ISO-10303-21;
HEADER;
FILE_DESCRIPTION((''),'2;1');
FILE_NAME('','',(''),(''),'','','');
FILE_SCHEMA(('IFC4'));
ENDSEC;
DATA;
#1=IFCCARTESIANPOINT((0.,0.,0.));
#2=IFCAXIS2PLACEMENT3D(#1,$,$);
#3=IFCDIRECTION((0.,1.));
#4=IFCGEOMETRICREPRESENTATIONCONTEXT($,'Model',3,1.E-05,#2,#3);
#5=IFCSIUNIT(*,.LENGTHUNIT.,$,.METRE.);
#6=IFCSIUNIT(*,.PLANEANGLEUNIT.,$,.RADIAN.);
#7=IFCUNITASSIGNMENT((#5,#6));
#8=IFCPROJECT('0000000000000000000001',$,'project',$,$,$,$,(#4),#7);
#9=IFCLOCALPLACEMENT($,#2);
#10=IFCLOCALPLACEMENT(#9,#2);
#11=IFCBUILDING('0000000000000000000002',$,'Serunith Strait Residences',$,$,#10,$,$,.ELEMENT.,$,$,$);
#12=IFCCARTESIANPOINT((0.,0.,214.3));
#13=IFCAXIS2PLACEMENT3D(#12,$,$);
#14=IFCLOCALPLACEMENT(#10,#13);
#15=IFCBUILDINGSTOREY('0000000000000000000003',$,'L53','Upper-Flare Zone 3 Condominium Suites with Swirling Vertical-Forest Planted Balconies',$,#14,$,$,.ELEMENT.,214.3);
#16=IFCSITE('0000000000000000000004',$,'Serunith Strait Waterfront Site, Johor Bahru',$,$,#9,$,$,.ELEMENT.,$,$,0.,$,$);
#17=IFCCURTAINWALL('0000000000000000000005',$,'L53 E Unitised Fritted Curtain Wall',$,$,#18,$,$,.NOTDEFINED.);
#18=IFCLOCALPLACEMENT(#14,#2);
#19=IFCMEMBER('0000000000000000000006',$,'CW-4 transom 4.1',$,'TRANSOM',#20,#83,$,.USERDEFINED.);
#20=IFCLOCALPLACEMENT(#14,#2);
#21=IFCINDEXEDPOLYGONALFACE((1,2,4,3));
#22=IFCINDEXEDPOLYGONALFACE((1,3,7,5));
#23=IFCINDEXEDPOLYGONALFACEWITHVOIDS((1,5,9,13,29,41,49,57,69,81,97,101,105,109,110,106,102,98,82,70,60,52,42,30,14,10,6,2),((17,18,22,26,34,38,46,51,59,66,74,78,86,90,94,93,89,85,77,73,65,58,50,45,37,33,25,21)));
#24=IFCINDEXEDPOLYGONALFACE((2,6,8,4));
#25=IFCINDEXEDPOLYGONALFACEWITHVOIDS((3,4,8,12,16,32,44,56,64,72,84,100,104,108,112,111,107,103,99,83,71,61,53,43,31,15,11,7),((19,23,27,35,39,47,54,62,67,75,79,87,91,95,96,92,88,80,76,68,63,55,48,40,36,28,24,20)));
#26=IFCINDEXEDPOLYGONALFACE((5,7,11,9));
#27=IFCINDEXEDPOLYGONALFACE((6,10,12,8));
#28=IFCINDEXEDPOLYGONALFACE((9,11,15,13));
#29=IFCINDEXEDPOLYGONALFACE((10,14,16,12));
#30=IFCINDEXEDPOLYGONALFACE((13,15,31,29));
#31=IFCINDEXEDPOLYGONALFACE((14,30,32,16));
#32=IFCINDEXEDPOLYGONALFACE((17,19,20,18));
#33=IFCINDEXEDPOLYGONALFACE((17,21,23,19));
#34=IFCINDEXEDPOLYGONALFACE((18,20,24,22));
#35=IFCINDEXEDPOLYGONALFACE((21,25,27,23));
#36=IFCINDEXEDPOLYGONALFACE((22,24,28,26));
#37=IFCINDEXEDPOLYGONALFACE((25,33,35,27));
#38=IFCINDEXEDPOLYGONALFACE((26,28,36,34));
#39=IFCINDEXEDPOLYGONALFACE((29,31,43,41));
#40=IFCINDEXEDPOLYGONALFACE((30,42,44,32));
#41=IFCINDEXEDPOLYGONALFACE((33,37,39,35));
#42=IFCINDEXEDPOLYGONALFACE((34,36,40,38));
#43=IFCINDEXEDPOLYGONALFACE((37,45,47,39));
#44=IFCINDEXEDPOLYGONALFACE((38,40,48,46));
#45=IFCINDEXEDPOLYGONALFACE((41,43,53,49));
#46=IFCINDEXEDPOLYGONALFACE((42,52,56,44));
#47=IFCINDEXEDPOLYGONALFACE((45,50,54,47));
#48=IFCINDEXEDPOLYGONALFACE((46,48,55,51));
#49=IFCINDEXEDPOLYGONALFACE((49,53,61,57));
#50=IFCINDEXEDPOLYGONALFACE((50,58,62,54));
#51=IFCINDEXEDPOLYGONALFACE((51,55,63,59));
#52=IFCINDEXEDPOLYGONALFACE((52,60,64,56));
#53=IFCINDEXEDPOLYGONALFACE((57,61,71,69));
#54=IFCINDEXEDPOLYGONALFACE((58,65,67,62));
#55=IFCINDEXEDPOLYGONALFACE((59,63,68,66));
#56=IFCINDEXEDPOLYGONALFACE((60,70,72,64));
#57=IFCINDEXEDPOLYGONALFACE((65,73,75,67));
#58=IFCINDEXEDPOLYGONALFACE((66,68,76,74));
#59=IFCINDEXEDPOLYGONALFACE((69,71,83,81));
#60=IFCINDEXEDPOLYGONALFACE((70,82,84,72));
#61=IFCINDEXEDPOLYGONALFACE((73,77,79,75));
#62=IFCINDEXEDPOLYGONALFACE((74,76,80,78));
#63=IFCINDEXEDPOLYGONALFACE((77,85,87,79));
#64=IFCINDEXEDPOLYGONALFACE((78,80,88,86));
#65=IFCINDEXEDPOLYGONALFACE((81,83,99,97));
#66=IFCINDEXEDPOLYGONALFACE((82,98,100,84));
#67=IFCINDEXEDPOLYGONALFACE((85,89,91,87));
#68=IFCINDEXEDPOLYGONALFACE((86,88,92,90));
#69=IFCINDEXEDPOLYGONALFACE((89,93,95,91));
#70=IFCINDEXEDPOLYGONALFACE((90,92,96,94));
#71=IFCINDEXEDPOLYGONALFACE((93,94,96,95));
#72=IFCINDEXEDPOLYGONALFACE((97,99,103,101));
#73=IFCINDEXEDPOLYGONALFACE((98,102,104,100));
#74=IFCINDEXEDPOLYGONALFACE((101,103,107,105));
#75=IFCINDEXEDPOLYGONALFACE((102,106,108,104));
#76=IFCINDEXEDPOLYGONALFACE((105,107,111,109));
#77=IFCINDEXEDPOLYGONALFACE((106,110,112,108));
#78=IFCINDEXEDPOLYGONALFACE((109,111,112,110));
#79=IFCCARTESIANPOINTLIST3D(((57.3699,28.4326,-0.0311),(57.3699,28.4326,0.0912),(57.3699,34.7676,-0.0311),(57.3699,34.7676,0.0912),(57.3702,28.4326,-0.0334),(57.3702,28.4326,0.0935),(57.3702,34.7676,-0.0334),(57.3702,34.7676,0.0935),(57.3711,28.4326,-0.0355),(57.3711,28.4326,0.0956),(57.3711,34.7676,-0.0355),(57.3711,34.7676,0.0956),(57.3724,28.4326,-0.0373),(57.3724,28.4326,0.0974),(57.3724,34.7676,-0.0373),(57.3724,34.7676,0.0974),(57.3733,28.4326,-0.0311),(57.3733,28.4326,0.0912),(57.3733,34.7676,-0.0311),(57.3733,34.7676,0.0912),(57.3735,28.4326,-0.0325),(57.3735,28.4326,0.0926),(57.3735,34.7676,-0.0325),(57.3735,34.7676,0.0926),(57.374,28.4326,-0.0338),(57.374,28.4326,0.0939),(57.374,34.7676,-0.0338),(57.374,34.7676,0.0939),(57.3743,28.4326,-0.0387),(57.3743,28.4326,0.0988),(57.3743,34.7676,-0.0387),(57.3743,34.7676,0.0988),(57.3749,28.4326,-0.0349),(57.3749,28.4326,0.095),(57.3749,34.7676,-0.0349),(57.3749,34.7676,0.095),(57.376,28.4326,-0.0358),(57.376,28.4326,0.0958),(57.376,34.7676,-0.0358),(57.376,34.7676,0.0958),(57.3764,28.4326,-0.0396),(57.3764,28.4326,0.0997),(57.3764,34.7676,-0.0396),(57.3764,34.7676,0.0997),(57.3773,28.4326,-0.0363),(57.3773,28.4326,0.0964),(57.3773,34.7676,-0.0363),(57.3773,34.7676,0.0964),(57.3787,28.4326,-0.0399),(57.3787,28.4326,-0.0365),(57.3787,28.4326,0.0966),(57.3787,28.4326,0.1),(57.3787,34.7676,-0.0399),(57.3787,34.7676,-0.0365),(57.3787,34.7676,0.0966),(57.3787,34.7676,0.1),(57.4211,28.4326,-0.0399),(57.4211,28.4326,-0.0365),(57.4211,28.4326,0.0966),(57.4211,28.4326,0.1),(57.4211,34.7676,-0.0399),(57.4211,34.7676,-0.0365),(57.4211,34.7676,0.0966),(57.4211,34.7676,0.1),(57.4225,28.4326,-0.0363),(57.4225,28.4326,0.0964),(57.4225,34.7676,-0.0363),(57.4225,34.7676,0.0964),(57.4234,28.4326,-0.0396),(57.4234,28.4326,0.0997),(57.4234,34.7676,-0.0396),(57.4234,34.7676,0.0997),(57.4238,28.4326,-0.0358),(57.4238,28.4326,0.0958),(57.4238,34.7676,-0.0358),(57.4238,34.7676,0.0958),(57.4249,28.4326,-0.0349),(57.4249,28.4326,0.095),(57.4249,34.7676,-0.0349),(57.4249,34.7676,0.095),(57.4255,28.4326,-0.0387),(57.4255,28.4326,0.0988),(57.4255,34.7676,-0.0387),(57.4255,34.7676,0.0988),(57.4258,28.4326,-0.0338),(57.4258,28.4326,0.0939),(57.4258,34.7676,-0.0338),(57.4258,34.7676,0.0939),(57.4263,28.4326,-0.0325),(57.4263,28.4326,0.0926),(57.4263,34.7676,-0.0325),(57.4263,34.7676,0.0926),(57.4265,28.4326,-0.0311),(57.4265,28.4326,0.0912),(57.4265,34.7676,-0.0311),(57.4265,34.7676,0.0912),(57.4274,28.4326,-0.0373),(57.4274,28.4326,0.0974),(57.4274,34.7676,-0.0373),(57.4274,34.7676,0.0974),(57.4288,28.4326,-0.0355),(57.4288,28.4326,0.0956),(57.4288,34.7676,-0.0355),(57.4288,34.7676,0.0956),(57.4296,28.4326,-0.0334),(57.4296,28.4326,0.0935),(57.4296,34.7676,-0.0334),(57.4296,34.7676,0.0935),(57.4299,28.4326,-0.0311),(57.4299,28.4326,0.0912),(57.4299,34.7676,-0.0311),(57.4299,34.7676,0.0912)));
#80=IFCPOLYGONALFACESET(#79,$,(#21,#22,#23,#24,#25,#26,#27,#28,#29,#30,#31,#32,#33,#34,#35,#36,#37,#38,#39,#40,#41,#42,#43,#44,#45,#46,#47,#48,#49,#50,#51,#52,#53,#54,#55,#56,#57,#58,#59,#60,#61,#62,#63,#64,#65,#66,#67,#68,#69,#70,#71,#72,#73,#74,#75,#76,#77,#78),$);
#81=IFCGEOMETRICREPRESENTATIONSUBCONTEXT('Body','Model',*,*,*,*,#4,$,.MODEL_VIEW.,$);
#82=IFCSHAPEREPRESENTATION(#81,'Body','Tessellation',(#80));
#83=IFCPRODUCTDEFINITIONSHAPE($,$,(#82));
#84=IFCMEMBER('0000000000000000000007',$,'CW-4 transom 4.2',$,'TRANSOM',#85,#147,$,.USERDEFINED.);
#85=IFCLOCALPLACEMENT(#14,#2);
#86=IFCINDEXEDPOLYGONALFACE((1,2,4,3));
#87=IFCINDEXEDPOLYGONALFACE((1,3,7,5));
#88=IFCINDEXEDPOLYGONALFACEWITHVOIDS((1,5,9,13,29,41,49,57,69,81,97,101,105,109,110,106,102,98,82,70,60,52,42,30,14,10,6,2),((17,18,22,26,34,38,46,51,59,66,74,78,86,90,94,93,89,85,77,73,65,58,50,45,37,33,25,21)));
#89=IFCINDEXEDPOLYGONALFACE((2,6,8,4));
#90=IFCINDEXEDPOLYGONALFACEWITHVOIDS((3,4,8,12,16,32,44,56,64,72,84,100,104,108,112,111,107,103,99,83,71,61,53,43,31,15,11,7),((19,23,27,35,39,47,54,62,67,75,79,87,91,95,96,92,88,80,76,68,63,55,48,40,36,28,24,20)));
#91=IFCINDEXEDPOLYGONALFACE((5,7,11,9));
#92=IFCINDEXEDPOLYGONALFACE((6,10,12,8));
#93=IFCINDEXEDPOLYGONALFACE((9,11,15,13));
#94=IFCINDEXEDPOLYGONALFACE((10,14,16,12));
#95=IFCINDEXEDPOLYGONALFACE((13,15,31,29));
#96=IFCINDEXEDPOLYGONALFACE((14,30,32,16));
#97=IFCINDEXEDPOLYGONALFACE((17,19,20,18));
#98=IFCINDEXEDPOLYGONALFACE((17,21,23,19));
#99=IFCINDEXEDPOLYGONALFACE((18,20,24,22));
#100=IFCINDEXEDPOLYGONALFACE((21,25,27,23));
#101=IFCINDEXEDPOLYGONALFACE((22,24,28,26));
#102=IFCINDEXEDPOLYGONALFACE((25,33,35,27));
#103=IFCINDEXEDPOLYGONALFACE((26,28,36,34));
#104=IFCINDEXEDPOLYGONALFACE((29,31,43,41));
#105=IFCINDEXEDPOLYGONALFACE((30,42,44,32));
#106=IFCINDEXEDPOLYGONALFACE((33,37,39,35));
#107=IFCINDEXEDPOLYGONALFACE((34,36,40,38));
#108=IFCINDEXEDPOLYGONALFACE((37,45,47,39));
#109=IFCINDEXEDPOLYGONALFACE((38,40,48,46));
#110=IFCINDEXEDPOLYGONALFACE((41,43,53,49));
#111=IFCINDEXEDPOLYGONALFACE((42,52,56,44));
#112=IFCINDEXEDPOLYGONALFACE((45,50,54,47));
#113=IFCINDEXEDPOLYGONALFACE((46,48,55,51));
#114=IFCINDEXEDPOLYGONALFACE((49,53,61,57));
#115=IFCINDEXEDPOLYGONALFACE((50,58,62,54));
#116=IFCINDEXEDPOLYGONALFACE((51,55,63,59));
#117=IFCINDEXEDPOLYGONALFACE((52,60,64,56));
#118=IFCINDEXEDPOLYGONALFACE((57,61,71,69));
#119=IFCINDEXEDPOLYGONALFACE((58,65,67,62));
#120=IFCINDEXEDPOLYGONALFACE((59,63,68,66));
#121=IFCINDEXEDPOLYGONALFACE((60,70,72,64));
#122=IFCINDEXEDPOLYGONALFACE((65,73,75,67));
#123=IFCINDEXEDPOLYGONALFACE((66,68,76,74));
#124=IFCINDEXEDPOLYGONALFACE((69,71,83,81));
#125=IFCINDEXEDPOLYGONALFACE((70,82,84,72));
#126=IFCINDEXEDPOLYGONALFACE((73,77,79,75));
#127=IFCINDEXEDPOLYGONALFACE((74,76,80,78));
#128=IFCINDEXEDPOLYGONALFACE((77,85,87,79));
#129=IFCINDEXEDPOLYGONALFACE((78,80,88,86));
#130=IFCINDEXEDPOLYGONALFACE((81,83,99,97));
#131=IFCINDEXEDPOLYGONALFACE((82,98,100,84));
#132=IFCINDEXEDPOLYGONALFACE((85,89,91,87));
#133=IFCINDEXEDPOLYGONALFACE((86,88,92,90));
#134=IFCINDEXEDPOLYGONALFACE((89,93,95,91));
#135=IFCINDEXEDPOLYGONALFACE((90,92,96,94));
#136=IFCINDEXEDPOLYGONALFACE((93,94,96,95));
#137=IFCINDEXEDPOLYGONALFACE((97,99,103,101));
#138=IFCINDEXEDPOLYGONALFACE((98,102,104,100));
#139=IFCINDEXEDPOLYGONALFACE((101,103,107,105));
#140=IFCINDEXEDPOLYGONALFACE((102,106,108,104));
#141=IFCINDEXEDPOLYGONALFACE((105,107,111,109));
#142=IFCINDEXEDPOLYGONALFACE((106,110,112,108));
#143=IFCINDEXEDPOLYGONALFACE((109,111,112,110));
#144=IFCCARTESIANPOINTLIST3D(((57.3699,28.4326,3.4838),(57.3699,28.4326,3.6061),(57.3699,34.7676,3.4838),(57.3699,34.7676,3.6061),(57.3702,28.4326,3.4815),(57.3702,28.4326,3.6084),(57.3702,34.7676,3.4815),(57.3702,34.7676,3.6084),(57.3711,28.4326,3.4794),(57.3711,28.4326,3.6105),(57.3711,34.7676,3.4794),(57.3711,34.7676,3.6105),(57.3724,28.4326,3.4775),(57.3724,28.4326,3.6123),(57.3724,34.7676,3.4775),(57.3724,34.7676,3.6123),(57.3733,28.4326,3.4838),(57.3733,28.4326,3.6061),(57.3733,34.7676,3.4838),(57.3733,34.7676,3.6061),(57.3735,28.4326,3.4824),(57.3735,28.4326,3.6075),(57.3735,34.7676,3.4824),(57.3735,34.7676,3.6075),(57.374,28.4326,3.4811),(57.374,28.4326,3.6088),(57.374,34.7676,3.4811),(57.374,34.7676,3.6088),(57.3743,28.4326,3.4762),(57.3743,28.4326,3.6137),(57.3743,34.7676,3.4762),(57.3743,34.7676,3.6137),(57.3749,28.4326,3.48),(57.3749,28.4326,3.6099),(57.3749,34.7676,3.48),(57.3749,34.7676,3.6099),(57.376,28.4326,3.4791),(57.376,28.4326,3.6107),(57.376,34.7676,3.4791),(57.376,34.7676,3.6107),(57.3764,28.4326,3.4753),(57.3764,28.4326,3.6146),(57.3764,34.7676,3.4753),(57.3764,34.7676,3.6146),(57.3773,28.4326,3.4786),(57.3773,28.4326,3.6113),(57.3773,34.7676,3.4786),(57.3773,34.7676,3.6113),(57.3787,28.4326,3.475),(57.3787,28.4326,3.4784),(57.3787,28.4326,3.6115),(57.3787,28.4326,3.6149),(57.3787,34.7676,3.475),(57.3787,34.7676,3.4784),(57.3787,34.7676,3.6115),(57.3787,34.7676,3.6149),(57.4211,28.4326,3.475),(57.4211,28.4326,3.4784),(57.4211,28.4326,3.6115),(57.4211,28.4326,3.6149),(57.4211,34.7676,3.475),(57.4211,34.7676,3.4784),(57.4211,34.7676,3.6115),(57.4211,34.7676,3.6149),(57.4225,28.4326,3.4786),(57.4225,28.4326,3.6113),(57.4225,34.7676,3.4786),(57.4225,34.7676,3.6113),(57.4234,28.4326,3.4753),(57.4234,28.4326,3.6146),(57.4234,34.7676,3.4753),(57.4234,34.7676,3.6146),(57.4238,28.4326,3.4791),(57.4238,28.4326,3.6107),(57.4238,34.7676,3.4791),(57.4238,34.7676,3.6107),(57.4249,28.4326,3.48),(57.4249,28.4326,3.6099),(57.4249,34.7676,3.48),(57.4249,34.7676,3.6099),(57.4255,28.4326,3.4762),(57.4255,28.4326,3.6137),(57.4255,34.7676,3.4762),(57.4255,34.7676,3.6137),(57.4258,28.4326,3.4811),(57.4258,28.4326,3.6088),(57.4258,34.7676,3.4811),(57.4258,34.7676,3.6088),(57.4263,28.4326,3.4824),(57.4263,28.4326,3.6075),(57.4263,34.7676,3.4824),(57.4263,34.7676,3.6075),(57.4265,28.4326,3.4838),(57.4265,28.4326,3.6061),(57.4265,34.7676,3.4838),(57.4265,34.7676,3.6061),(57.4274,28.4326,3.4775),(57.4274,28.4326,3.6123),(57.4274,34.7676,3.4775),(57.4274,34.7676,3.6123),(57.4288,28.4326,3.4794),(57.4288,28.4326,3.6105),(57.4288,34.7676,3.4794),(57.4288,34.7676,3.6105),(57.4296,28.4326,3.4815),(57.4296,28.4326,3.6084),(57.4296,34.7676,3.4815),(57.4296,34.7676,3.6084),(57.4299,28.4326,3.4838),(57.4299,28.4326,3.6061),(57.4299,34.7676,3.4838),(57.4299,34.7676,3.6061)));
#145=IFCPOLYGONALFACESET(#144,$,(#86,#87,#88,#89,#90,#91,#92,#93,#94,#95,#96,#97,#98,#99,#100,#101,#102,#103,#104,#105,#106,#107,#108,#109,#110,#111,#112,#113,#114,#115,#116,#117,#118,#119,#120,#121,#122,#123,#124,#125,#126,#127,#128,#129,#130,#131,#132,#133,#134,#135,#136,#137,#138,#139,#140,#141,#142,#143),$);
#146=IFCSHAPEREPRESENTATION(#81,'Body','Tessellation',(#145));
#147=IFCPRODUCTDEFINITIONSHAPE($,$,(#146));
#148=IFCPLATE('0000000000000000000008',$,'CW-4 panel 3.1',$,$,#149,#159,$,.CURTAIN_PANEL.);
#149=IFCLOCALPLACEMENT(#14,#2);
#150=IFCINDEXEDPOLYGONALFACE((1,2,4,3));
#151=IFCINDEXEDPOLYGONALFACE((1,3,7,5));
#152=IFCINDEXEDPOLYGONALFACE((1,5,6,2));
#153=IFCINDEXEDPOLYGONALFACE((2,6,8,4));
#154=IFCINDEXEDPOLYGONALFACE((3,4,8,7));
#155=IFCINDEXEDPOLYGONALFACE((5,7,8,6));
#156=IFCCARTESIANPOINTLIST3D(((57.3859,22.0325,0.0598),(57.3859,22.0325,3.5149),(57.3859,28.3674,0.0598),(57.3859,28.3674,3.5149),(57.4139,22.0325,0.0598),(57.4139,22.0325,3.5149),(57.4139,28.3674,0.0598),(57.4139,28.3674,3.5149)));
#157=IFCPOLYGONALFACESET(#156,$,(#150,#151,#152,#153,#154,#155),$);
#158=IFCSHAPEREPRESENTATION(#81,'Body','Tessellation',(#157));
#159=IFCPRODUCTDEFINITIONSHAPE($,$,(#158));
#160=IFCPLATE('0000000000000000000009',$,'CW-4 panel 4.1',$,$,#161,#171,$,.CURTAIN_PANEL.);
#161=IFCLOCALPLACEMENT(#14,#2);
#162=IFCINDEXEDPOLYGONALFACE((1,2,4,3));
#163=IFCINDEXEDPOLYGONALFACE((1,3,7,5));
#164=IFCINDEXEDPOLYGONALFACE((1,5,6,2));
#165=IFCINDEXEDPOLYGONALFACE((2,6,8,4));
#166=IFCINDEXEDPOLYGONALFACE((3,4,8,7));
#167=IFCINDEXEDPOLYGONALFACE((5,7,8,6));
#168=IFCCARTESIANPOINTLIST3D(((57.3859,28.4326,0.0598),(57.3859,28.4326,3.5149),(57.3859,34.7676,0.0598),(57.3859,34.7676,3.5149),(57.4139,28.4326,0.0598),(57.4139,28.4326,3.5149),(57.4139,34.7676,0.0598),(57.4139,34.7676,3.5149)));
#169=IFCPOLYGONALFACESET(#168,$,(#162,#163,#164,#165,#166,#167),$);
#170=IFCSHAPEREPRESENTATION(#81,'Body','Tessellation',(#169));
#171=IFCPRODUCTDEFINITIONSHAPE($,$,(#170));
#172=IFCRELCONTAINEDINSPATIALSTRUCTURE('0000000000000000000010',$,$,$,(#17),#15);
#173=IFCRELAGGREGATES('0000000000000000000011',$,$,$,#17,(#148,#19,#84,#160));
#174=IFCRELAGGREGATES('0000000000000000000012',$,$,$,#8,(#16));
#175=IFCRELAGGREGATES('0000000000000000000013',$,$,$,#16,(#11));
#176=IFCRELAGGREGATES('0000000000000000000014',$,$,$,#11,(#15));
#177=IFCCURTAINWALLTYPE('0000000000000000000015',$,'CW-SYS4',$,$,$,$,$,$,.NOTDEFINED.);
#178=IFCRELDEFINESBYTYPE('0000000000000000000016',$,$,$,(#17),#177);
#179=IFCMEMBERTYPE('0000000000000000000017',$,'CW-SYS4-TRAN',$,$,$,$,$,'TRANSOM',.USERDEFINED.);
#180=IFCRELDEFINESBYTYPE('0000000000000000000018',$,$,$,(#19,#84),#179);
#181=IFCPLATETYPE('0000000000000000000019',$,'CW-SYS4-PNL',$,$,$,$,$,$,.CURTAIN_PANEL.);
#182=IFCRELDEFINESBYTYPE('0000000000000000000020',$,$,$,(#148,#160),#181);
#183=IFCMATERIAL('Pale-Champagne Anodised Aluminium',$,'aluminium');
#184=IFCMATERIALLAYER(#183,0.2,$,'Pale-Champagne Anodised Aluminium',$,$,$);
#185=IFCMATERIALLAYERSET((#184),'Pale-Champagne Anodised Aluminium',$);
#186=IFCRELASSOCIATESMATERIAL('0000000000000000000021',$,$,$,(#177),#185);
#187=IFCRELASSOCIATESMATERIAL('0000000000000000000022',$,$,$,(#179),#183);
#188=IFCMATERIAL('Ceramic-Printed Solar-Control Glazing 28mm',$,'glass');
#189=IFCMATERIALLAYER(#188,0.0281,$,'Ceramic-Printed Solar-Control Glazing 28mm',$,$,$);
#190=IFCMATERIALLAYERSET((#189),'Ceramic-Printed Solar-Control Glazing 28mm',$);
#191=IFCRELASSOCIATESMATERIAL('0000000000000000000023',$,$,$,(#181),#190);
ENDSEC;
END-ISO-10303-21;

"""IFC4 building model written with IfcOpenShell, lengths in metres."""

from ifc_helpers import new_model, si_unit, direction, frame, origin, origin_2d, place, context, subcontext, project, spatial, rectangle, hollow_rectangle, extrude, source, transform, mapped, material, layer, layer_set, material_profile, profile_set, type_object, element, aggregate, save


model = new_model("IFC4")

# Units and contexts
model_context = context("Model", 3, precision=1e-05, world=origin(), true_north=direction((0.0, 1.0)))
body_context = subcontext(model_context, "Body", "Model", "MODEL_VIEW")
ifc_project = project(units=[si_unit("LENGTHUNIT", "METRE"), si_unit("PLANEANGLEUNIT", "RADIAN")], contexts=[model_context])

# Site, building, storey
site_placement = place(None, origin())
site = spatial("IfcSite", under=ifc_project, at=site_placement, Name="Serunith Strait Waterfront Site, Johor Bahru", CompositionType="ELEMENT", RefElevation=0.0)
building_placement = place(site_placement, origin())
building = spatial("IfcBuilding", under=site, at=building_placement, Name="Serunith Strait Residences", CompositionType="ELEMENT")
storey_placement = place(building_placement, frame((0.0, 0.0, 214.3)))
storey = spatial("IfcBuildingStorey", under=building, at=storey_placement, Name="L53", Description="Upper-Flare Zone 3 Condominium Suites with Swirling Vertical-Forest Planted Balconies", CompositionType="ELEMENT", Elevation=214.3)

# Curtain wall, members, plates
ifc_material_1 = material(Name="Pale-Champagne Anodised Aluminium", Category="aluminium")
ifc_layer_1 = layer(ifc_material_1, 0.2, Name="Pale-Champagne Anodised Aluminium")
ifc_layer_set_1 = layer_set([ifc_layer_1], Name="Pale-Champagne Anodised Aluminium")
curtain_wall_type = type_object("IfcCurtainWallType", Name="CW-SYS4", PredefinedType="NOTDEFINED", material=ifc_layer_set_1)
curtain_wall_placement = place(storey_placement, origin())
curtain_wall = element("IfcCurtainWall", 1, at=curtain_wall_placement, inside=storey, type_object=curtain_wall_type, Name="L53 E Unitised Fritted Curtain Wall", PredefinedType="NOTDEFINED")
ifc_material_profile_1 = material_profile(ifc_material_1, hollow_rectangle(XDim=0.0601, YDim=0.1399, WallThickness=0.0034, InnerFilletRadius=0.0054, OuterFilletRadius=0.0088, at=origin_2d()), Name="ALU 140x60x3.5")
ifc_profile_set_1 = profile_set([ifc_material_profile_1], Name="Pale-Champagne Anodised Aluminium")
member_type_1 = type_object("IfcMemberType", Name="CW-SYS4-TRAN", ElementType="TRANSOM", PredefinedType="USERDEFINED", material=ifc_profile_set_1)
shared_shape_1 = source(origin(), body_context, "Body", "SweptSolid", [
    extrude(hollow_rectangle(XDim=0.0601, YDim=0.1399, WallThickness=0.0034, InnerFilletRadius=0.0054, OuterFilletRadius=0.0088, at=origin_2d()), origin(), (0.0, 0.0, 1.0), 6.335),
])
member_1_placement = place(storey_placement, frame((57.3999, 28.4326, 0.03), z_axis=(0.0, 1.0, 0.0), x_axis=(-1.0, 0.0, 0.0)))
member_1 = element("IfcMember", 2, at=member_1_placement, type_object=member_type_1, Name="CW-4 transom 4.1", ObjectType="TRANSOM", PredefinedType="USERDEFINED", context=body_context, shape_type="MappedRepresentation", body=[
    mapped(shared_shape_1, transform((0.0, 0.0, 0.0), scale=1.0)),
])
member_2_placement = place(storey_placement, frame((57.3999, 28.4326, 3.5449), z_axis=(0.0, 1.0, 0.0), x_axis=(-1.0, 0.0, 0.0)))
member_2 = element("IfcMember", 3, at=member_2_placement, type_object=member_type_1, Name="CW-4 transom 4.2", ObjectType="TRANSOM", PredefinedType="USERDEFINED", context=body_context, shape_type="MappedRepresentation", body=[
    mapped(shared_shape_1, transform((0.0, 0.0, 0.0), scale=1.0)),
])
ifc_material_2 = material(Name="Ceramic-Printed Solar-Control Glazing 28mm", Category="glass")
ifc_layer_2 = layer(ifc_material_2, 0.0281, Name="Ceramic-Printed Solar-Control Glazing 28mm")
ifc_layer_set_2 = layer_set([ifc_layer_2], Name="Ceramic-Printed Solar-Control Glazing 28mm")
plate_type = type_object("IfcPlateType", Name="CW-SYS4-PNL", PredefinedType="CURTAIN_PANEL", material=ifc_layer_set_2)
shared_shape_2 = source(origin(), body_context, "Body", "SweptSolid", [
    extrude(rectangle(XDim=6.335, YDim=0.0281, at=origin_2d()), origin(), (0.0, 0.0, 1.0), 3.4551),
])
plate_1_placement = place(storey_placement, frame((57.3999, 25.2, 0.0598), z_axis=(0.0, 0.0, 1.0), x_axis=(0.0, 1.0, 0.0)))
plate_1 = element("IfcPlate", 4, at=plate_1_placement, type_object=plate_type, Name="CW-4 panel 3.1", PredefinedType="CURTAIN_PANEL", context=body_context, shape_type="MappedRepresentation", body=[
    mapped(shared_shape_2, transform((0.0, 0.0, 0.0), scale=1.0)),
])
plate_2_placement = place(storey_placement, frame((57.3999, 31.6001, 0.0598), z_axis=(0.0, 0.0, 1.0), x_axis=(0.0, 1.0, 0.0)))
plate_2 = element("IfcPlate", 5, at=plate_2_placement, type_object=plate_type, Name="CW-4 panel 4.1", PredefinedType="CURTAIN_PANEL", context=body_context, shape_type="MappedRepresentation", body=[
    mapped(shared_shape_2, transform((0.0, 0.0, 0.0), scale=1.0)),
])
aggregate(curtain_wall, [plate_1, member_1, member_2, plate_2])

save(model, "model.ifc")
